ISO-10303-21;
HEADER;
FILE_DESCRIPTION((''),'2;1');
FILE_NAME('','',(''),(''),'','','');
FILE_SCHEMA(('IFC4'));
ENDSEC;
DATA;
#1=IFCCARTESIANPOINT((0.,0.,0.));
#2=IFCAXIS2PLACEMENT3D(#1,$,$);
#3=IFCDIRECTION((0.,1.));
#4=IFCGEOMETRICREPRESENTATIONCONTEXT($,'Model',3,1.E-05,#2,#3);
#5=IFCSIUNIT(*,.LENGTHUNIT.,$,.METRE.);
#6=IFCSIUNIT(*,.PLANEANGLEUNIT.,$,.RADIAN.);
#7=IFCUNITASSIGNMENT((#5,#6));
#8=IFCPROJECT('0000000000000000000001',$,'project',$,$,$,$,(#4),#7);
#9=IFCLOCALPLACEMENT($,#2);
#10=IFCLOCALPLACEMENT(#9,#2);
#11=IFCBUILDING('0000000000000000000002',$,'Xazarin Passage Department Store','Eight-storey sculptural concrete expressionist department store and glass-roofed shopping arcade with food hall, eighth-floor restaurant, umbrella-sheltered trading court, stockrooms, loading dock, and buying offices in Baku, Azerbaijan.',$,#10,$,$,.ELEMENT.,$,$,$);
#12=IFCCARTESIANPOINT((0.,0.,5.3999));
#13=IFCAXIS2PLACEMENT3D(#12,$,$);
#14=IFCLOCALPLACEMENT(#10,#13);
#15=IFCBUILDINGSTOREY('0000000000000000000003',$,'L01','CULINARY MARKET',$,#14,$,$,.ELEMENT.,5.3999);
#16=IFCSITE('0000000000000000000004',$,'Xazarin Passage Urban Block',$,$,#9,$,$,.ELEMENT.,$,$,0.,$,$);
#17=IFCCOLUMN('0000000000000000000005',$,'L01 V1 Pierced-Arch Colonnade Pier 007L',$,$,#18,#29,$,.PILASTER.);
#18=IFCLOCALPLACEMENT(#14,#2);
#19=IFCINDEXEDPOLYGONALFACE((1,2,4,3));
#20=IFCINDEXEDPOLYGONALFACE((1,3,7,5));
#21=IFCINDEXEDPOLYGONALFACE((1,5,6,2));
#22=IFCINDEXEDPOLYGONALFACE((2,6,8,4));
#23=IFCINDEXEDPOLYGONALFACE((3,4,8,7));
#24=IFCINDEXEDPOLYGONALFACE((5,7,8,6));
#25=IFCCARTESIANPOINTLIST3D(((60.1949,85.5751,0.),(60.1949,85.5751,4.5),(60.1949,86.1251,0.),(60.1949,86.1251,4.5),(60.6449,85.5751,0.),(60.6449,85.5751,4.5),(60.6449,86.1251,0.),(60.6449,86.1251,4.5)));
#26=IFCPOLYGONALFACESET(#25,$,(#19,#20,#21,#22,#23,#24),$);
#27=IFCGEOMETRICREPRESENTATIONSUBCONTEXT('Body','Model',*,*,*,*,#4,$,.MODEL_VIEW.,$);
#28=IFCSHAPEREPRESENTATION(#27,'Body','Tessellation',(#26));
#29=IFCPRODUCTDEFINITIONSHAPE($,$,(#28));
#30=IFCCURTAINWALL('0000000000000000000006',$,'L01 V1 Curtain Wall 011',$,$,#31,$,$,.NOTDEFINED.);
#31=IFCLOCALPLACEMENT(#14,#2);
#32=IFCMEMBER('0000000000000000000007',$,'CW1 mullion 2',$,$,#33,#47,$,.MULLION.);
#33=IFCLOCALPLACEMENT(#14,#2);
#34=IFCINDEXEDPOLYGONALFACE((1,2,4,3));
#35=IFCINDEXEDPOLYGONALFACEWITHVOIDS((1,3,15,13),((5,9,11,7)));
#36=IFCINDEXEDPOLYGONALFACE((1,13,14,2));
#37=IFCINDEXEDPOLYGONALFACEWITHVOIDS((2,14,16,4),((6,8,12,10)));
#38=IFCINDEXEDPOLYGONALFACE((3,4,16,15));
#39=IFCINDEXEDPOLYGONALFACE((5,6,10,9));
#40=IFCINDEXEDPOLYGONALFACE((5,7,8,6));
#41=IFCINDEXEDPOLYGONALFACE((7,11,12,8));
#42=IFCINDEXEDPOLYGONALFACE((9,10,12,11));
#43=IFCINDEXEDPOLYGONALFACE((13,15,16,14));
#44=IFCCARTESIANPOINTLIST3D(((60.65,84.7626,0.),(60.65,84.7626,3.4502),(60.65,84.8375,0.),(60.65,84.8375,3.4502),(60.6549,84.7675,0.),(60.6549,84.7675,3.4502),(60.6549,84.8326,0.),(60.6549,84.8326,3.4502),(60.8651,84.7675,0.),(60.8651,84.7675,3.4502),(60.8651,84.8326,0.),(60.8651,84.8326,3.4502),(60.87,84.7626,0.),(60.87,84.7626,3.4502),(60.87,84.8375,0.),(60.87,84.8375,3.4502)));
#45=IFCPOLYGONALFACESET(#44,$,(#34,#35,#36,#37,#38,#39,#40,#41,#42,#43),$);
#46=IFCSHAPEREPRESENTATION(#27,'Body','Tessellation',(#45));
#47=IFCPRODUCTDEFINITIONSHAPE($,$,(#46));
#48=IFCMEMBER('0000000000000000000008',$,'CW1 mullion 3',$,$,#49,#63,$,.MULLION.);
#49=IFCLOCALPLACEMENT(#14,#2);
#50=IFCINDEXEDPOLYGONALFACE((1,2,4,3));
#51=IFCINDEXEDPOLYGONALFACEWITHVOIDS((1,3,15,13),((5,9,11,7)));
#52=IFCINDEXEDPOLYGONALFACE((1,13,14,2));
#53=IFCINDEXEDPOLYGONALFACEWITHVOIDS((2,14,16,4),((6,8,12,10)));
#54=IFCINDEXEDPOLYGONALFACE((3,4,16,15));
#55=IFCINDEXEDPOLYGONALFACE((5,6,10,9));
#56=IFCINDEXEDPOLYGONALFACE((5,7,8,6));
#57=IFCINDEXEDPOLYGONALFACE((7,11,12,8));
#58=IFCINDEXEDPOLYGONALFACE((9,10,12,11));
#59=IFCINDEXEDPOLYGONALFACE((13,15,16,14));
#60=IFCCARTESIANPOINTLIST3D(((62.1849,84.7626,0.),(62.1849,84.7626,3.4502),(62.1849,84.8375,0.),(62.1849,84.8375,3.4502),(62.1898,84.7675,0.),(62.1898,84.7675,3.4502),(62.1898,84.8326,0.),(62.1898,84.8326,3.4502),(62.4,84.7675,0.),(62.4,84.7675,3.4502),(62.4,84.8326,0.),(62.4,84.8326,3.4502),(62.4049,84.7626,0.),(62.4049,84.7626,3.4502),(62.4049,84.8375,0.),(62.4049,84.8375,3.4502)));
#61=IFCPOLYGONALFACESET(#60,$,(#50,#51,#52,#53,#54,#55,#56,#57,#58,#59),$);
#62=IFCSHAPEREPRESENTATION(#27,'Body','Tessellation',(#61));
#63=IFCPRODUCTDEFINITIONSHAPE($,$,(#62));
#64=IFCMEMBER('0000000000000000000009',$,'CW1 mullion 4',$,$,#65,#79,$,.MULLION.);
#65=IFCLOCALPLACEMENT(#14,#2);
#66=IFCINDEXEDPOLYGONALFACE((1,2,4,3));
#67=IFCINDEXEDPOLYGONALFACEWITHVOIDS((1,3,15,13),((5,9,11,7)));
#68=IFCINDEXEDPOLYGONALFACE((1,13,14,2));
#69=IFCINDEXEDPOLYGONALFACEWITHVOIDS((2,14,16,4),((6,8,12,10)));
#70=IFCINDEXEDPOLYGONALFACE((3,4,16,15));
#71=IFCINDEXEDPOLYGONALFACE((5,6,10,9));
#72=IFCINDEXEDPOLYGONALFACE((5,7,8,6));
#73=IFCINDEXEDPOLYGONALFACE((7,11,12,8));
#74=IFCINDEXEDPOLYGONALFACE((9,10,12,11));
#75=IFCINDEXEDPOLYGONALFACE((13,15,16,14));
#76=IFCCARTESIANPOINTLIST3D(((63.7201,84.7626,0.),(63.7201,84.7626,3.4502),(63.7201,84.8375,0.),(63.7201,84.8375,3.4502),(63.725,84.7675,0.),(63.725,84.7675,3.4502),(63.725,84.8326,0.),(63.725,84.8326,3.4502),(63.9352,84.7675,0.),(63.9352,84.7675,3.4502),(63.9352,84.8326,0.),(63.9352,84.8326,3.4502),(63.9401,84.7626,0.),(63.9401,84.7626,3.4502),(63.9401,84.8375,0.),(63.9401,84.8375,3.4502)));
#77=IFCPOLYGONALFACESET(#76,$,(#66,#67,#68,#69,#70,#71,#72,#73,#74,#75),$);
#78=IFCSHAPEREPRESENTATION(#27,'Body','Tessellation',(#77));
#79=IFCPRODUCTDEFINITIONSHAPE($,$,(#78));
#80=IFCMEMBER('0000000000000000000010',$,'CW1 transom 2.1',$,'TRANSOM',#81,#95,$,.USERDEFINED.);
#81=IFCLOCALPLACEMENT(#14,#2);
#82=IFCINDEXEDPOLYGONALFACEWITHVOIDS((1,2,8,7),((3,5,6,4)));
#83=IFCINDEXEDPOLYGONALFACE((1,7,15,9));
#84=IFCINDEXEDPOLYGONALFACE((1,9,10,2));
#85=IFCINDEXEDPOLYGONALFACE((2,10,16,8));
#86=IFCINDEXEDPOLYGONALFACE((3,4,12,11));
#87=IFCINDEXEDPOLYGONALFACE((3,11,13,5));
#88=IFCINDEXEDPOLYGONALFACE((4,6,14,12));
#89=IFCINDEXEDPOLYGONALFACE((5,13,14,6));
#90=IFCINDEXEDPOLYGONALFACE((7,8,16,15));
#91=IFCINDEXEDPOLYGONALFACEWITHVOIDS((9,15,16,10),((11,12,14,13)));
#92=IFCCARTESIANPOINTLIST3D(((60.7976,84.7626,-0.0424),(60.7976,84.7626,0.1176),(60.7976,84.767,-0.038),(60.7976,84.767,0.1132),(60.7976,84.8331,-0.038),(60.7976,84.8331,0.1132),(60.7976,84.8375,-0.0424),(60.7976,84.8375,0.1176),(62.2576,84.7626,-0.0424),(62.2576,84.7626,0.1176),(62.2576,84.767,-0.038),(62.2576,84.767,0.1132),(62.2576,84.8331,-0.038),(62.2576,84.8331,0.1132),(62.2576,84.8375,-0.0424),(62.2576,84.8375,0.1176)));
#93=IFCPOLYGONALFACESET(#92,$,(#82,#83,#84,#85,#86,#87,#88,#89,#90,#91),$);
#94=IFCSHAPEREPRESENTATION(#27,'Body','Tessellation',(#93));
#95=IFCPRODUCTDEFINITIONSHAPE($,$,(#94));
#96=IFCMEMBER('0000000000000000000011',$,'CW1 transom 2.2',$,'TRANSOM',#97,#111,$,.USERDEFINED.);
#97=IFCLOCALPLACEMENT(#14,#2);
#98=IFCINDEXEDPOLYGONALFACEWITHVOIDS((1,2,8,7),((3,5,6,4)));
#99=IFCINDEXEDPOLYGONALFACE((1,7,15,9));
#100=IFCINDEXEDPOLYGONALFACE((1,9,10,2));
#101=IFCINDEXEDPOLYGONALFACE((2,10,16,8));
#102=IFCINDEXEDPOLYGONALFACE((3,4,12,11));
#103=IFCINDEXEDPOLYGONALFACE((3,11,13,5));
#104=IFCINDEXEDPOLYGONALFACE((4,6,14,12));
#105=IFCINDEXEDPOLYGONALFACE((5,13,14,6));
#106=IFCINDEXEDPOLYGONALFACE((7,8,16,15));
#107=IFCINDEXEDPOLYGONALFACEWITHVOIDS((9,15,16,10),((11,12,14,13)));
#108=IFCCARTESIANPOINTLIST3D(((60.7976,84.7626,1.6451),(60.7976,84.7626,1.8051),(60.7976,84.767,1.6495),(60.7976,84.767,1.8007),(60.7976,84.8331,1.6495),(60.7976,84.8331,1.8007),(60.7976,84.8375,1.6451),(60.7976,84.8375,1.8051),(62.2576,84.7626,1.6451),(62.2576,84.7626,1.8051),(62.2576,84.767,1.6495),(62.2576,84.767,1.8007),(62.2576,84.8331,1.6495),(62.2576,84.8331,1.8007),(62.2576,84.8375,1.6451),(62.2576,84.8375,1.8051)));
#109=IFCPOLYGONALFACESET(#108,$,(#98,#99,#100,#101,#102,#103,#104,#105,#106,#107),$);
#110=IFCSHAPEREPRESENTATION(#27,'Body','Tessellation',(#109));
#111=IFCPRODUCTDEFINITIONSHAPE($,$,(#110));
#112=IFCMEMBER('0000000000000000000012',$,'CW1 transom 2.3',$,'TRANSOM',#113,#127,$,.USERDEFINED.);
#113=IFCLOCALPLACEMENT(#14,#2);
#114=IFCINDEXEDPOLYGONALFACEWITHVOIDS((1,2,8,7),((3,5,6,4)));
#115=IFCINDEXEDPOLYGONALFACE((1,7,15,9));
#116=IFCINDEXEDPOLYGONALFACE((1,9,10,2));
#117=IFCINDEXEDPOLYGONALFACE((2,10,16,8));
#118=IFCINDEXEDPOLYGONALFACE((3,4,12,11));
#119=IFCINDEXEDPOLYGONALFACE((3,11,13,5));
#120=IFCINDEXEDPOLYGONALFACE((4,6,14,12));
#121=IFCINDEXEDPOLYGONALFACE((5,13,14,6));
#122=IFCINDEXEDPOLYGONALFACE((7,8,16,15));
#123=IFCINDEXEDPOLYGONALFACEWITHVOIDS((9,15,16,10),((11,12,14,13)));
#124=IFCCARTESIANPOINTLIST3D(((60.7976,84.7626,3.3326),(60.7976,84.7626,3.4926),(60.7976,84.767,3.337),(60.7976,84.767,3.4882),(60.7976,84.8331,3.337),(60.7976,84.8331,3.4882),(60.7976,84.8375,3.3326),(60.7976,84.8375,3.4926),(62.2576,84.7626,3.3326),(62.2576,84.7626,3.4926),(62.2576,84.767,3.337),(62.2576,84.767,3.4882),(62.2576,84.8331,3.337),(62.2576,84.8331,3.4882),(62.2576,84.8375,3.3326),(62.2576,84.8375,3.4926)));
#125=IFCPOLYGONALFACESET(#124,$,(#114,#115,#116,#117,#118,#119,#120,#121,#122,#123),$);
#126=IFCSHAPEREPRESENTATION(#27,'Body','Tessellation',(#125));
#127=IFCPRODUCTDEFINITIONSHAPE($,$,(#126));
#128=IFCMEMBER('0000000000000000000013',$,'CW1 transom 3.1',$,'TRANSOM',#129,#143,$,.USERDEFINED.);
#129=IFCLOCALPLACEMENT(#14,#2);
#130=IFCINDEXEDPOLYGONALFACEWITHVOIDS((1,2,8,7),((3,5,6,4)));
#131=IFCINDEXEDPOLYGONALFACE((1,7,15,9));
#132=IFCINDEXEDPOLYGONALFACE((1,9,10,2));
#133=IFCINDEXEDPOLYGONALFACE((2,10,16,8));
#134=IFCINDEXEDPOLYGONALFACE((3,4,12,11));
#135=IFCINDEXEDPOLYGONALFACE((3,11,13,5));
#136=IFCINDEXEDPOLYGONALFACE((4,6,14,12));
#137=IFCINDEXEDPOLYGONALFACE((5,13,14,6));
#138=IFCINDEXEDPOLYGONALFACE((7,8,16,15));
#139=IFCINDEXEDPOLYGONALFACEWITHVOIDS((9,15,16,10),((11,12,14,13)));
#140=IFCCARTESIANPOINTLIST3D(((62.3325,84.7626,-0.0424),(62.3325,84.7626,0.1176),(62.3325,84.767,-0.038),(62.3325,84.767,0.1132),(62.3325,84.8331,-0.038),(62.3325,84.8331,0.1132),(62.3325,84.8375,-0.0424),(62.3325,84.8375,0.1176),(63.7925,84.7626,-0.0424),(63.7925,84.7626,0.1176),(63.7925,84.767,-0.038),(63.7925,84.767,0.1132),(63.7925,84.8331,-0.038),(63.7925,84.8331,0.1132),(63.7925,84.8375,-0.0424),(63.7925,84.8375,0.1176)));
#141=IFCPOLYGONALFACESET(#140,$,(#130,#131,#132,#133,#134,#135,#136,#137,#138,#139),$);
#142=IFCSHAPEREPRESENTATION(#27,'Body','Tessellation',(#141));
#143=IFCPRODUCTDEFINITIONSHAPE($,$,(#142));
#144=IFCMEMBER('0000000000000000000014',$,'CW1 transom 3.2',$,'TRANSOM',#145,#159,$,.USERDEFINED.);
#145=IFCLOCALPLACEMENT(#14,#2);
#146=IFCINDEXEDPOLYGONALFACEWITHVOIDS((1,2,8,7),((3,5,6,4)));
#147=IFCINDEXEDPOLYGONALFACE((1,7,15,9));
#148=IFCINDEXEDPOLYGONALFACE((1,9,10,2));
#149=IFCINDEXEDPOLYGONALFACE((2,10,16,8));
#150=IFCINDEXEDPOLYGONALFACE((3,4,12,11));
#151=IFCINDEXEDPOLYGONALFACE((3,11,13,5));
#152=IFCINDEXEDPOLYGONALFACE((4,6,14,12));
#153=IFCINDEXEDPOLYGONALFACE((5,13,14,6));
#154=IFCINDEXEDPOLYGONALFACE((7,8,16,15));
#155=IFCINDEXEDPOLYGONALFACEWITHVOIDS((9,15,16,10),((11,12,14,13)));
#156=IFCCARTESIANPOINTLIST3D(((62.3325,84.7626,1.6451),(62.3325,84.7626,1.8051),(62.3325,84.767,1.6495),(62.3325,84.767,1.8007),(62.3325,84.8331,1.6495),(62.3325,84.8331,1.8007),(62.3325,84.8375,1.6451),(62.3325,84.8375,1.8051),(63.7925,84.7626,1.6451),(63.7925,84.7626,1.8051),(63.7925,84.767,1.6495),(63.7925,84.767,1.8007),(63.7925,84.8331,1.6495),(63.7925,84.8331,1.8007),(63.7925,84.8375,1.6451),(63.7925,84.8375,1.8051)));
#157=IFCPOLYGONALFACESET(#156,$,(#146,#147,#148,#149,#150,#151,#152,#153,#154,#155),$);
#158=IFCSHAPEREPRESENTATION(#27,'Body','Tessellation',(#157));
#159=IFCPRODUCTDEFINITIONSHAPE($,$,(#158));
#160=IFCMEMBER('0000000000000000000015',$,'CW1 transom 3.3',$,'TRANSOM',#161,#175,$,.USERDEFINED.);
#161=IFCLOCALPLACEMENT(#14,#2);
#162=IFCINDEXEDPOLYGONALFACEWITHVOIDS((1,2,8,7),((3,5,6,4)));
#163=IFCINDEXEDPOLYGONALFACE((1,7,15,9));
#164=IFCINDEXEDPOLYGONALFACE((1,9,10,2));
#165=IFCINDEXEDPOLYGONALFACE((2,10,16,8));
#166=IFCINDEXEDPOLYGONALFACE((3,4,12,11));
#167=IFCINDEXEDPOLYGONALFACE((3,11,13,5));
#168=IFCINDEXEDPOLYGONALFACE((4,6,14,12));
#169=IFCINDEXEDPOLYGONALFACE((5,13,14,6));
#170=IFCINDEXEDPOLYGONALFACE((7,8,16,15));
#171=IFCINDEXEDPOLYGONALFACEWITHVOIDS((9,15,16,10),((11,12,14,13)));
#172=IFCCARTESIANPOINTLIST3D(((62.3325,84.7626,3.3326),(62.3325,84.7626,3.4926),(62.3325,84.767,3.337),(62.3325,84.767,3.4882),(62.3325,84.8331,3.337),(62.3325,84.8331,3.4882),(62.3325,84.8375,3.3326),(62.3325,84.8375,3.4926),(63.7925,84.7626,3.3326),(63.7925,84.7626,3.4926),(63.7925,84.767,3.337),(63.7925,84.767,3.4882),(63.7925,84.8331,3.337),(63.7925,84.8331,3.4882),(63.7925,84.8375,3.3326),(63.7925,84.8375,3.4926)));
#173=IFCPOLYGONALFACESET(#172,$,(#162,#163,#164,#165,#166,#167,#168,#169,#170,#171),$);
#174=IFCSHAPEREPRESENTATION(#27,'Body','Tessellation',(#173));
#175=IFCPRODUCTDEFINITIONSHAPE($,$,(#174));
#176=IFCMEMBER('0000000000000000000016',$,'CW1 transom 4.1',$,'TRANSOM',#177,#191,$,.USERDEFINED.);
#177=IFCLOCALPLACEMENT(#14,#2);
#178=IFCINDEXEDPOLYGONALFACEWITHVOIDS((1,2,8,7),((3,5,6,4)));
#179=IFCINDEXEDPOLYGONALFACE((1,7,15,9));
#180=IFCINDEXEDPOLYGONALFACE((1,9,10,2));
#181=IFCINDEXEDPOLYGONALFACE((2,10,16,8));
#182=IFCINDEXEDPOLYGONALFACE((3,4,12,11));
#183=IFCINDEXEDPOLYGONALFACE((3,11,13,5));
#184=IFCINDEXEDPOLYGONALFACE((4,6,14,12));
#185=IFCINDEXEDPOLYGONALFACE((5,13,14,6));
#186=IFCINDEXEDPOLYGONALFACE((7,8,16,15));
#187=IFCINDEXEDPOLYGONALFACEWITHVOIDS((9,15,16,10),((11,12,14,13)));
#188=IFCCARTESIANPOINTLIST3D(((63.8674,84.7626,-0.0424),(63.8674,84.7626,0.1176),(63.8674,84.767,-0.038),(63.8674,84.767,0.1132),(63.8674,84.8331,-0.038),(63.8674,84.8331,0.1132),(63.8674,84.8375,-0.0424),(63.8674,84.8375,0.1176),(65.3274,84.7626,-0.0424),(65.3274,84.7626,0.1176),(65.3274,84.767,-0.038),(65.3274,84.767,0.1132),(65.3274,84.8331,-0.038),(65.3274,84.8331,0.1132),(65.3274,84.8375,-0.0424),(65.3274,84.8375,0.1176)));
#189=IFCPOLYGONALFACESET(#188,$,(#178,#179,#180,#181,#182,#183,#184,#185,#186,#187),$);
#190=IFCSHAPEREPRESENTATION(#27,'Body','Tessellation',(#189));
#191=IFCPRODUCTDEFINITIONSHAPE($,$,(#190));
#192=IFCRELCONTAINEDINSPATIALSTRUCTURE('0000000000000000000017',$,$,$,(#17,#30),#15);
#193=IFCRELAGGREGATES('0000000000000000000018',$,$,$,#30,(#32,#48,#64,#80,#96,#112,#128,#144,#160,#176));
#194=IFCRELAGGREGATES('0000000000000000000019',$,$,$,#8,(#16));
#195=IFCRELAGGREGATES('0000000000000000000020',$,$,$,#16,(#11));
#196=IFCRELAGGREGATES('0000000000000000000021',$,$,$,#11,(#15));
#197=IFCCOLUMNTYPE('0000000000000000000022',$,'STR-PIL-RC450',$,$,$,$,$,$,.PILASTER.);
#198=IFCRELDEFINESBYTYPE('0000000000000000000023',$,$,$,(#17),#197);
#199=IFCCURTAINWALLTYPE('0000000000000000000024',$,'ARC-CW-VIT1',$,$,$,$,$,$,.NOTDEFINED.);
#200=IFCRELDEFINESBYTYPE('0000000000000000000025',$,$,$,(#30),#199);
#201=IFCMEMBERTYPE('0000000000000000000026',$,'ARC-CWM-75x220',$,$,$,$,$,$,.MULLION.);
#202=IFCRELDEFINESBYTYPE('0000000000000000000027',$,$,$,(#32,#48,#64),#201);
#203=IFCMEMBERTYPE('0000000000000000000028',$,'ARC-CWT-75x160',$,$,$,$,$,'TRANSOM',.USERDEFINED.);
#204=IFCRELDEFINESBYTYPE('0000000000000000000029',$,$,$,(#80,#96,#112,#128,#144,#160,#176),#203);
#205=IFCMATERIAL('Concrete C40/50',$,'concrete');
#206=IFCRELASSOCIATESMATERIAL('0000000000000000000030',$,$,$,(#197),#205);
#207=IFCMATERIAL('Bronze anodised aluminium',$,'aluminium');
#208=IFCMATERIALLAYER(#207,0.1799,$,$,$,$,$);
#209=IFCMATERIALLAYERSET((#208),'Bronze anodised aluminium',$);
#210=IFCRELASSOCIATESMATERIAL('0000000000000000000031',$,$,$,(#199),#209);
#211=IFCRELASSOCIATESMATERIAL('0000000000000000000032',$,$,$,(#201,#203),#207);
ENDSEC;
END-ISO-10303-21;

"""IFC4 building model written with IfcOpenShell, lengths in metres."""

from ifc_helpers import new_model, si_unit, direction, frame, origin, origin_2d, place, context, subcontext, project, spatial, rectangle, hollow_rectangle, extrude, material, layer, layer_set, material_profile, profile_set, type_object, element, aggregate, save


model = new_model("IFC4")

# Units and contexts
model_context = context("Model", 3, precision=1e-05, world=origin(), true_north=direction((0.0, 1.0)))
body_context = subcontext(model_context, "Body", "Model", "MODEL_VIEW")
ifc_project = project(units=[si_unit("LENGTHUNIT", "METRE"), si_unit("PLANEANGLEUNIT", "RADIAN")], contexts=[model_context])

# Site, building, storey
site_placement = place(None, origin())
site = spatial("IfcSite", under=ifc_project, at=site_placement, Name="Xazarin Passage Urban Block", CompositionType="ELEMENT", RefElevation=0.0)
building_placement = place(site_placement, origin())
building = spatial("IfcBuilding", under=site, at=building_placement, Name="Xazarin Passage Department Store", Description="Eight-storey sculptural concrete expressionist department store and glass-roofed shopping arcade with food hall, eighth-floor restaurant, umbrella-sheltered trading court, stockrooms, loading dock, and buying offices in Baku, Azerbaijan.", CompositionType="ELEMENT")
storey_placement = place(building_placement, frame((0.0, 0.0, 5.3999)))
storey = spatial("IfcBuildingStorey", under=building, at=storey_placement, Name="L01", Description="CULINARY MARKET", CompositionType="ELEMENT", Elevation=5.3999)

# Column
ifc_material_1 = material(Name="Concrete C40/50", Category="concrete")
ifc_material_profile_1 = material_profile(ifc_material_1, rectangle(XDim=0.45, YDim=0.55, at=origin_2d()), Name="RC 450x550")
ifc_profile_set_1 = profile_set([ifc_material_profile_1], Name="Concrete C40/50")
column_type = type_object("IfcColumnType", Name="STR-PIL-RC450", PredefinedType="PILASTER", material=ifc_profile_set_1)
column_placement = place(storey_placement, frame((60.4199, 85.8501, 0.0), z_axis=(0.0, 0.0, 1.0), x_axis=(1.0, 0.0, 0.0)))
element("IfcColumn", 1, at=column_placement, inside=storey, type_object=column_type, Name="L01 V1 Pierced-Arch Colonnade Pier 007L", PredefinedType="PILASTER", context=body_context, shape_type="SweptSolid", body=[
    extrude(rectangle(XDim=0.45, YDim=0.55, at=origin_2d()), origin(), (0.0, 0.0, 1.0), 4.5),
])

# Curtain wall, members
ifc_material_2 = material(Name="Bronze anodised aluminium", Category="aluminium")
ifc_layer_1 = layer(ifc_material_2, 0.1799)
ifc_layer_set_1 = layer_set([ifc_layer_1], Name="Bronze anodised aluminium")
curtain_wall_type = type_object("IfcCurtainWallType", Name="ARC-CW-VIT1", PredefinedType="NOTDEFINED", material=ifc_layer_set_1)
curtain_wall_placement = place(storey_placement, origin())
curtain_wall = element("IfcCurtainWall", 2, at=curtain_wall_placement, inside=storey, type_object=curtain_wall_type, Name="L01 V1 Curtain Wall 011", PredefinedType="NOTDEFINED")
ifc_material_profile_2 = material_profile(ifc_material_2, hollow_rectangle(XDim=0.075, YDim=0.22, WallThickness=0.0049, at=origin_2d()), Name="ALU 75x220")
ifc_profile_set_2 = profile_set([ifc_material_profile_2], Name="Bronze anodised aluminium")
member_type_1 = type_object("IfcMemberType", Name="ARC-CWM-75x220", PredefinedType="MULLION", material=ifc_profile_set_2)
member_1_placement = place(storey_placement, frame((60.76, 84.8, 0.0), z_axis=(0.0, 0.0, 1.0), x_axis=(0.0, 1.0, 0.0)))
member_1 = element("IfcMember", 3, at=member_1_placement, type_object=member_type_1, Name="CW1 mullion 2", PredefinedType="MULLION", context=body_context, shape_type="SweptSolid", body=[
    extrude(hollow_rectangle(XDim=0.075, YDim=0.22, WallThickness=0.0049, at=origin_2d()), origin(), (0.0, 0.0, 1.0), 3.4502),
])
member_2_placement = place(storey_placement, frame((62.2949, 84.8, 0.0), z_axis=(0.0, 0.0, 1.0), x_axis=(0.0, 1.0, 0.0)))
member_2 = element("IfcMember", 4, at=member_2_placement, type_object=member_type_1, Name="CW1 mullion 3", PredefinedType="MULLION", context=body_context, shape_type="SweptSolid", body=[
    extrude(hollow_rectangle(XDim=0.075, YDim=0.22, WallThickness=0.0049, at=origin_2d()), origin(), (0.0, 0.0, 1.0), 3.4502),
])
member_3_placement = place(storey_placement, frame((63.8301, 84.8, 0.0), z_axis=(0.0, 0.0, 1.0), x_axis=(0.0, 1.0, 0.0)))
member_3 = element("IfcMember", 5, at=member_3_placement, type_object=member_type_1, Name="CW1 mullion 4", PredefinedType="MULLION", context=body_context, shape_type="SweptSolid", body=[
    extrude(hollow_rectangle(XDim=0.075, YDim=0.22, WallThickness=0.0049, at=origin_2d()), origin(), (0.0, 0.0, 1.0), 3.4502),
])
ifc_material_profile_3 = material_profile(ifc_material_2, hollow_rectangle(XDim=0.075, YDim=0.1599, WallThickness=0.0044, at=origin_2d()), Name="ALU 75x160")
ifc_profile_set_3 = profile_set([ifc_material_profile_3], Name="Bronze anodised aluminium")
member_type_2 = type_object("IfcMemberType", Name="ARC-CWT-75x160", ElementType="TRANSOM", PredefinedType="USERDEFINED", material=ifc_profile_set_3)
member_4_placement = place(storey_placement, frame((60.7976, 84.8, 0.0376), z_axis=(1.0, 0.0, 0.0), x_axis=(0.0, 1.0, 0.0)))
member_4 = element("IfcMember", 6, at=member_4_placement, type_object=member_type_2, Name="CW1 transom 2.1", ObjectType="TRANSOM", PredefinedType="USERDEFINED", context=body_context, shape_type="SweptSolid", body=[
    extrude(hollow_rectangle(XDim=0.075, YDim=0.1599, WallThickness=0.0044, at=origin_2d()), origin(), (0.0, 0.0, 1.0), 1.46),
])
member_5_placement = place(storey_placement, frame((60.7976, 84.8, 1.7251), z_axis=(1.0, 0.0, 0.0), x_axis=(0.0, 1.0, 0.0)))
member_5 = element("IfcMember", 7, at=member_5_placement, type_object=member_type_2, Name="CW1 transom 2.2", ObjectType="TRANSOM", PredefinedType="USERDEFINED", context=body_context, shape_type="SweptSolid", body=[
    extrude(hollow_rectangle(XDim=0.075, YDim=0.1599, WallThickness=0.0044, at=origin_2d()), origin(), (0.0, 0.0, 1.0), 1.46),
])
member_6_placement = place(storey_placement, frame((60.7976, 84.8, 3.4126), z_axis=(1.0, 0.0, 0.0), x_axis=(0.0, 1.0, 0.0)))
member_6 = element("IfcMember", 8, at=member_6_placement, type_object=member_type_2, Name="CW1 transom 2.3", ObjectType="TRANSOM", PredefinedType="USERDEFINED", context=body_context, shape_type="SweptSolid", body=[
    extrude(hollow_rectangle(XDim=0.075, YDim=0.1599, WallThickness=0.0044, at=origin_2d()), origin(), (0.0, 0.0, 1.0), 1.46),
])
member_7_placement = place(storey_placement, frame((62.3325, 84.8, 0.0376), z_axis=(1.0, 0.0, 0.0), x_axis=(0.0, 1.0, 0.0)))
member_7 = element("IfcMember", 9, at=member_7_placement, type_object=member_type_2, Name="CW1 transom 3.1", ObjectType="TRANSOM", PredefinedType="USERDEFINED", context=body_context, shape_type="SweptSolid", body=[
    extrude(hollow_rectangle(XDim=0.075, YDim=0.1599, WallThickness=0.0044, at=origin_2d()), origin(), (0.0, 0.0, 1.0), 1.46),
])
member_8_placement = place(storey_placement, frame((62.3325, 84.8, 1.7251), z_axis=(1.0, 0.0, 0.0), x_axis=(0.0, 1.0, 0.0)))
member_8 = element("IfcMember", 10, at=member_8_placement, type_object=member_type_2, Name="CW1 transom 3.2", ObjectType="TRANSOM", PredefinedType="USERDEFINED", context=body_context, shape_type="SweptSolid", body=[
    extrude(hollow_rectangle(XDim=0.075, YDim=0.1599, WallThickness=0.0044, at=origin_2d()), origin(), (0.0, 0.0, 1.0), 1.46),
])
member_9_placement = place(storey_placement, frame((62.3325, 84.8, 3.4126), z_axis=(1.0, 0.0, 0.0), x_axis=(0.0, 1.0, 0.0)))
member_9 = element("IfcMember", 11, at=member_9_placement, type_object=member_type_2, Name="CW1 transom 3.3", ObjectType="TRANSOM", PredefinedType="USERDEFINED", context=body_context, shape_type="SweptSolid", body=[
    extrude(hollow_rectangle(XDim=0.075, YDim=0.1599, WallThickness=0.0044, at=origin_2d()), origin(), (0.0, 0.0, 1.0), 1.46),
])
member_10_placement = place(storey_placement, frame((63.8674, 84.8, 0.0376), z_axis=(1.0, 0.0, 0.0), x_axis=(0.0, 1.0, 0.0)))
member_10 = element("IfcMember", 12, at=member_10_placement, type_object=member_type_2, Name="CW1 transom 4.1", ObjectType="TRANSOM", PredefinedType="USERDEFINED", context=body_context, shape_type="SweptSolid", body=[
    extrude(hollow_rectangle(XDim=0.075, YDim=0.1599, WallThickness=0.0044, at=origin_2d()), origin(), (0.0, 0.0, 1.0), 1.46),
])

aggregate(curtain_wall, [member_1, member_2, member_3, member_4, member_5, member_6, member_7, member_8, member_9, member_10])

save(model, "model.ifc")
